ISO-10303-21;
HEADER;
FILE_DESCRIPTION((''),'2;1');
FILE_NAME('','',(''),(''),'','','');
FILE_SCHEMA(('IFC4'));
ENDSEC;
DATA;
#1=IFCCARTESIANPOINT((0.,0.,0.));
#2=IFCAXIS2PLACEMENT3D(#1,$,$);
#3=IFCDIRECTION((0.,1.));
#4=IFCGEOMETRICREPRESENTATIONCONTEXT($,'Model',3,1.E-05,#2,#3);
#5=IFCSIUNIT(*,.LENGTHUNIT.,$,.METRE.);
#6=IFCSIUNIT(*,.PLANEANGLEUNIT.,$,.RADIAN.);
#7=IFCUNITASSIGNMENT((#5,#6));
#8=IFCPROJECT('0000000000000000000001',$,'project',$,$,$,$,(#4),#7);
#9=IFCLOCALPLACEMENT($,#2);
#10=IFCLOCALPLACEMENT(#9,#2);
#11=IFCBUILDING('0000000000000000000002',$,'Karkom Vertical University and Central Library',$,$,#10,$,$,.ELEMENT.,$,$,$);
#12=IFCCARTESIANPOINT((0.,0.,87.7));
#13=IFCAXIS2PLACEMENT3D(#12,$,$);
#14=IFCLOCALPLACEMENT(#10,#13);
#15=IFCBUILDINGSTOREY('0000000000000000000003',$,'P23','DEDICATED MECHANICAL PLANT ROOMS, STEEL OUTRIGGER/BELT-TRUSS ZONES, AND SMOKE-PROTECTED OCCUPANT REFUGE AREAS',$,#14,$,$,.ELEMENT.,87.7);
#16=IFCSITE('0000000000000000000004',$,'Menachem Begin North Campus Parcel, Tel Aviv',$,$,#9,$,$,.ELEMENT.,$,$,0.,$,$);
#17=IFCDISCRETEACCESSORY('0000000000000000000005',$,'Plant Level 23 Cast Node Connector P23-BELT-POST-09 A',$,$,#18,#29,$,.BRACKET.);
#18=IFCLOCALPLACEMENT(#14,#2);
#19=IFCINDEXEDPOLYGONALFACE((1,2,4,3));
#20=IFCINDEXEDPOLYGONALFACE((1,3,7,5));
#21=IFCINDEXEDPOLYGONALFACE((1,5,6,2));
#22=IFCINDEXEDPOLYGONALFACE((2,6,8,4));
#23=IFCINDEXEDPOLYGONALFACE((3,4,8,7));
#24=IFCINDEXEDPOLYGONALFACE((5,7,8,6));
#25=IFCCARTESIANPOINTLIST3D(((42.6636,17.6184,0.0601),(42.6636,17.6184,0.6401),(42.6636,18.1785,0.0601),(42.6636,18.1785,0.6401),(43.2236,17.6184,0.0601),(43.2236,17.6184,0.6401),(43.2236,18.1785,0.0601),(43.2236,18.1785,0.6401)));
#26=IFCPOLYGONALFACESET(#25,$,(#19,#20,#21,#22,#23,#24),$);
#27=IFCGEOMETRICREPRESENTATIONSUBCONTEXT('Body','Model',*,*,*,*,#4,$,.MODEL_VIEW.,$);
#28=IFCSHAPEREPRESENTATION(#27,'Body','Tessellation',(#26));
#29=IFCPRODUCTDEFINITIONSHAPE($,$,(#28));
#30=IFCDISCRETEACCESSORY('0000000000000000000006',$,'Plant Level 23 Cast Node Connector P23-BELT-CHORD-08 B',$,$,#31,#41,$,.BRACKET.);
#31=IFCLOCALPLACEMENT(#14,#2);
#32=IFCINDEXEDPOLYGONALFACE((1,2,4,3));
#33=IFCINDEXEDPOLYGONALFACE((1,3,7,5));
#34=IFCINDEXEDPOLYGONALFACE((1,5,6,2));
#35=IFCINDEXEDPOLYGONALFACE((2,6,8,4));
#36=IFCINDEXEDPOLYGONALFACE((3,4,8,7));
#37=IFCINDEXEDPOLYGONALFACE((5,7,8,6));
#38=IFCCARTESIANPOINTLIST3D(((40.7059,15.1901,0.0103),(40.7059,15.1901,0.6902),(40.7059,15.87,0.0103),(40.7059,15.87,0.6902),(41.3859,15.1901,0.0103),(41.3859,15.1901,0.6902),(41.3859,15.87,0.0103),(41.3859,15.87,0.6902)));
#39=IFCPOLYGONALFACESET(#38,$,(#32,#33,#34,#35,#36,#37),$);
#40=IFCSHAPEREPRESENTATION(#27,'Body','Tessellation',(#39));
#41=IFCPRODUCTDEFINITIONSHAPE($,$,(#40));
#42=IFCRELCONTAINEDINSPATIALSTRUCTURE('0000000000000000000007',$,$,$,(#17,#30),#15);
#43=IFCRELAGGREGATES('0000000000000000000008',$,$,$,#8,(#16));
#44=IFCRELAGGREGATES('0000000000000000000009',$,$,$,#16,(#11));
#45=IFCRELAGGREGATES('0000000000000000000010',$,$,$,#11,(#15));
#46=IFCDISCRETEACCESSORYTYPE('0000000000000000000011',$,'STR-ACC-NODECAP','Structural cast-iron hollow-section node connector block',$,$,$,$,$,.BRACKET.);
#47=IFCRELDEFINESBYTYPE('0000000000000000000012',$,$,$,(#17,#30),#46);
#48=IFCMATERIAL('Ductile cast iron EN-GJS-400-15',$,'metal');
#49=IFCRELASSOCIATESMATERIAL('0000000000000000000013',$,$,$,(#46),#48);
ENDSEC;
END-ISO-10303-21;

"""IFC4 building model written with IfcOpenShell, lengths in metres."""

from ifc_helpers import new_model, si_unit, direction, frame, origin, origin_with_axes, origin_2d, place, context, subcontext, project, spatial, rectangle, extrude, source, transform, mapped, material, type_object, element, save


model = new_model("IFC4")

# Units and contexts
model_context = context("Model", 3, precision=1e-05, world=origin(), true_north=direction((0.0, 1.0)))
body_context = subcontext(model_context, "Body", "Model", "MODEL_VIEW")
ifc_project = project(units=[si_unit("LENGTHUNIT", "METRE"), si_unit("PLANEANGLEUNIT", "RADIAN")], contexts=[model_context])

# Site, building, storey
site_placement = place(None, origin())
site = spatial("IfcSite", under=ifc_project, at=site_placement, Name="Menachem Begin North Campus Parcel, Tel Aviv", CompositionType="ELEMENT", RefElevation=0.0)
building_placement = place(site_placement, origin())
building = spatial("IfcBuilding", under=site, at=building_placement, Name="Karkom Vertical University and Central Library", CompositionType="ELEMENT")
storey_placement = place(building_placement, frame((0.0, 0.0, 87.7)))
storey = spatial("IfcBuildingStorey", under=building, at=storey_placement, Name="P23", Description="DEDICATED MECHANICAL PLANT ROOMS, STEEL OUTRIGGER/BELT-TRUSS ZONES, AND SMOKE-PROTECTED OCCUPANT REFUGE AREAS", CompositionType="ELEMENT", Elevation=87.7)

# Discrete accessories
ifc_material_1 = material(Name="Ductile cast iron EN-GJS-400-15", Category="metal")
discrete_accessory_type = type_object("IfcDiscreteAccessoryType", Name="STR-ACC-NODECAP", Description="Structural cast-iron hollow-section node connector block", PredefinedType="BRACKET", material=ifc_material_1)
shared_shape_1 = source(origin_with_axes(), body_context, "Body", "SweptSolid", [
    extrude(rectangle(XDim=0.5601, YDim=0.5601, at=origin_2d()), origin(), (0.0, 0.0, 1.0), 0.5801),
])
for number, where, z_axis, x_axis, name in (
    (1, (42.9436, 17.8984, 0.0601), (0.0, 0.0, 1.0), (1.0, 0.0, 0.0), "Plant Level 23 Cast Node Connector P23-BELT-POST-09 A"),
):
    element("IfcDiscreteAccessory", number, at=place(storey_placement, frame(where, z_axis=z_axis, x_axis=x_axis)), inside=storey, type_object=discrete_accessory_type, Name=name, PredefinedType="BRACKET", context=body_context, shape_type="MappedRepresentation", body=[
        mapped(shared_shape_1, transform((0.0, 0.0, 0.0), scale=1.0)),
    ])
shared_shape_2 = source(origin_with_axes(), body_context, "Body", "SweptSolid", [
    extrude(rectangle(XDim=0.6799, YDim=0.6799, at=origin_2d()), origin(), (0.0, 0.0, 1.0), 0.6799),
])
discrete_accessory_placement = place(storey_placement, frame((41.0459, 15.53, 0.0103), z_axis=(0.0, 0.0, 1.0), x_axis=(1.0, 0.0, 0.0)))
element("IfcDiscreteAccessory", 2, at=discrete_accessory_placement, inside=storey, type_object=discrete_accessory_type, Name="Plant Level 23 Cast Node Connector P23-BELT-CHORD-08 B", PredefinedType="BRACKET", context=body_context, shape_type="MappedRepresentation", body=[
    mapped(shared_shape_2, transform((0.0, 0.0, 0.0), scale=1.0)),
])

save(model, "model.ifc")
